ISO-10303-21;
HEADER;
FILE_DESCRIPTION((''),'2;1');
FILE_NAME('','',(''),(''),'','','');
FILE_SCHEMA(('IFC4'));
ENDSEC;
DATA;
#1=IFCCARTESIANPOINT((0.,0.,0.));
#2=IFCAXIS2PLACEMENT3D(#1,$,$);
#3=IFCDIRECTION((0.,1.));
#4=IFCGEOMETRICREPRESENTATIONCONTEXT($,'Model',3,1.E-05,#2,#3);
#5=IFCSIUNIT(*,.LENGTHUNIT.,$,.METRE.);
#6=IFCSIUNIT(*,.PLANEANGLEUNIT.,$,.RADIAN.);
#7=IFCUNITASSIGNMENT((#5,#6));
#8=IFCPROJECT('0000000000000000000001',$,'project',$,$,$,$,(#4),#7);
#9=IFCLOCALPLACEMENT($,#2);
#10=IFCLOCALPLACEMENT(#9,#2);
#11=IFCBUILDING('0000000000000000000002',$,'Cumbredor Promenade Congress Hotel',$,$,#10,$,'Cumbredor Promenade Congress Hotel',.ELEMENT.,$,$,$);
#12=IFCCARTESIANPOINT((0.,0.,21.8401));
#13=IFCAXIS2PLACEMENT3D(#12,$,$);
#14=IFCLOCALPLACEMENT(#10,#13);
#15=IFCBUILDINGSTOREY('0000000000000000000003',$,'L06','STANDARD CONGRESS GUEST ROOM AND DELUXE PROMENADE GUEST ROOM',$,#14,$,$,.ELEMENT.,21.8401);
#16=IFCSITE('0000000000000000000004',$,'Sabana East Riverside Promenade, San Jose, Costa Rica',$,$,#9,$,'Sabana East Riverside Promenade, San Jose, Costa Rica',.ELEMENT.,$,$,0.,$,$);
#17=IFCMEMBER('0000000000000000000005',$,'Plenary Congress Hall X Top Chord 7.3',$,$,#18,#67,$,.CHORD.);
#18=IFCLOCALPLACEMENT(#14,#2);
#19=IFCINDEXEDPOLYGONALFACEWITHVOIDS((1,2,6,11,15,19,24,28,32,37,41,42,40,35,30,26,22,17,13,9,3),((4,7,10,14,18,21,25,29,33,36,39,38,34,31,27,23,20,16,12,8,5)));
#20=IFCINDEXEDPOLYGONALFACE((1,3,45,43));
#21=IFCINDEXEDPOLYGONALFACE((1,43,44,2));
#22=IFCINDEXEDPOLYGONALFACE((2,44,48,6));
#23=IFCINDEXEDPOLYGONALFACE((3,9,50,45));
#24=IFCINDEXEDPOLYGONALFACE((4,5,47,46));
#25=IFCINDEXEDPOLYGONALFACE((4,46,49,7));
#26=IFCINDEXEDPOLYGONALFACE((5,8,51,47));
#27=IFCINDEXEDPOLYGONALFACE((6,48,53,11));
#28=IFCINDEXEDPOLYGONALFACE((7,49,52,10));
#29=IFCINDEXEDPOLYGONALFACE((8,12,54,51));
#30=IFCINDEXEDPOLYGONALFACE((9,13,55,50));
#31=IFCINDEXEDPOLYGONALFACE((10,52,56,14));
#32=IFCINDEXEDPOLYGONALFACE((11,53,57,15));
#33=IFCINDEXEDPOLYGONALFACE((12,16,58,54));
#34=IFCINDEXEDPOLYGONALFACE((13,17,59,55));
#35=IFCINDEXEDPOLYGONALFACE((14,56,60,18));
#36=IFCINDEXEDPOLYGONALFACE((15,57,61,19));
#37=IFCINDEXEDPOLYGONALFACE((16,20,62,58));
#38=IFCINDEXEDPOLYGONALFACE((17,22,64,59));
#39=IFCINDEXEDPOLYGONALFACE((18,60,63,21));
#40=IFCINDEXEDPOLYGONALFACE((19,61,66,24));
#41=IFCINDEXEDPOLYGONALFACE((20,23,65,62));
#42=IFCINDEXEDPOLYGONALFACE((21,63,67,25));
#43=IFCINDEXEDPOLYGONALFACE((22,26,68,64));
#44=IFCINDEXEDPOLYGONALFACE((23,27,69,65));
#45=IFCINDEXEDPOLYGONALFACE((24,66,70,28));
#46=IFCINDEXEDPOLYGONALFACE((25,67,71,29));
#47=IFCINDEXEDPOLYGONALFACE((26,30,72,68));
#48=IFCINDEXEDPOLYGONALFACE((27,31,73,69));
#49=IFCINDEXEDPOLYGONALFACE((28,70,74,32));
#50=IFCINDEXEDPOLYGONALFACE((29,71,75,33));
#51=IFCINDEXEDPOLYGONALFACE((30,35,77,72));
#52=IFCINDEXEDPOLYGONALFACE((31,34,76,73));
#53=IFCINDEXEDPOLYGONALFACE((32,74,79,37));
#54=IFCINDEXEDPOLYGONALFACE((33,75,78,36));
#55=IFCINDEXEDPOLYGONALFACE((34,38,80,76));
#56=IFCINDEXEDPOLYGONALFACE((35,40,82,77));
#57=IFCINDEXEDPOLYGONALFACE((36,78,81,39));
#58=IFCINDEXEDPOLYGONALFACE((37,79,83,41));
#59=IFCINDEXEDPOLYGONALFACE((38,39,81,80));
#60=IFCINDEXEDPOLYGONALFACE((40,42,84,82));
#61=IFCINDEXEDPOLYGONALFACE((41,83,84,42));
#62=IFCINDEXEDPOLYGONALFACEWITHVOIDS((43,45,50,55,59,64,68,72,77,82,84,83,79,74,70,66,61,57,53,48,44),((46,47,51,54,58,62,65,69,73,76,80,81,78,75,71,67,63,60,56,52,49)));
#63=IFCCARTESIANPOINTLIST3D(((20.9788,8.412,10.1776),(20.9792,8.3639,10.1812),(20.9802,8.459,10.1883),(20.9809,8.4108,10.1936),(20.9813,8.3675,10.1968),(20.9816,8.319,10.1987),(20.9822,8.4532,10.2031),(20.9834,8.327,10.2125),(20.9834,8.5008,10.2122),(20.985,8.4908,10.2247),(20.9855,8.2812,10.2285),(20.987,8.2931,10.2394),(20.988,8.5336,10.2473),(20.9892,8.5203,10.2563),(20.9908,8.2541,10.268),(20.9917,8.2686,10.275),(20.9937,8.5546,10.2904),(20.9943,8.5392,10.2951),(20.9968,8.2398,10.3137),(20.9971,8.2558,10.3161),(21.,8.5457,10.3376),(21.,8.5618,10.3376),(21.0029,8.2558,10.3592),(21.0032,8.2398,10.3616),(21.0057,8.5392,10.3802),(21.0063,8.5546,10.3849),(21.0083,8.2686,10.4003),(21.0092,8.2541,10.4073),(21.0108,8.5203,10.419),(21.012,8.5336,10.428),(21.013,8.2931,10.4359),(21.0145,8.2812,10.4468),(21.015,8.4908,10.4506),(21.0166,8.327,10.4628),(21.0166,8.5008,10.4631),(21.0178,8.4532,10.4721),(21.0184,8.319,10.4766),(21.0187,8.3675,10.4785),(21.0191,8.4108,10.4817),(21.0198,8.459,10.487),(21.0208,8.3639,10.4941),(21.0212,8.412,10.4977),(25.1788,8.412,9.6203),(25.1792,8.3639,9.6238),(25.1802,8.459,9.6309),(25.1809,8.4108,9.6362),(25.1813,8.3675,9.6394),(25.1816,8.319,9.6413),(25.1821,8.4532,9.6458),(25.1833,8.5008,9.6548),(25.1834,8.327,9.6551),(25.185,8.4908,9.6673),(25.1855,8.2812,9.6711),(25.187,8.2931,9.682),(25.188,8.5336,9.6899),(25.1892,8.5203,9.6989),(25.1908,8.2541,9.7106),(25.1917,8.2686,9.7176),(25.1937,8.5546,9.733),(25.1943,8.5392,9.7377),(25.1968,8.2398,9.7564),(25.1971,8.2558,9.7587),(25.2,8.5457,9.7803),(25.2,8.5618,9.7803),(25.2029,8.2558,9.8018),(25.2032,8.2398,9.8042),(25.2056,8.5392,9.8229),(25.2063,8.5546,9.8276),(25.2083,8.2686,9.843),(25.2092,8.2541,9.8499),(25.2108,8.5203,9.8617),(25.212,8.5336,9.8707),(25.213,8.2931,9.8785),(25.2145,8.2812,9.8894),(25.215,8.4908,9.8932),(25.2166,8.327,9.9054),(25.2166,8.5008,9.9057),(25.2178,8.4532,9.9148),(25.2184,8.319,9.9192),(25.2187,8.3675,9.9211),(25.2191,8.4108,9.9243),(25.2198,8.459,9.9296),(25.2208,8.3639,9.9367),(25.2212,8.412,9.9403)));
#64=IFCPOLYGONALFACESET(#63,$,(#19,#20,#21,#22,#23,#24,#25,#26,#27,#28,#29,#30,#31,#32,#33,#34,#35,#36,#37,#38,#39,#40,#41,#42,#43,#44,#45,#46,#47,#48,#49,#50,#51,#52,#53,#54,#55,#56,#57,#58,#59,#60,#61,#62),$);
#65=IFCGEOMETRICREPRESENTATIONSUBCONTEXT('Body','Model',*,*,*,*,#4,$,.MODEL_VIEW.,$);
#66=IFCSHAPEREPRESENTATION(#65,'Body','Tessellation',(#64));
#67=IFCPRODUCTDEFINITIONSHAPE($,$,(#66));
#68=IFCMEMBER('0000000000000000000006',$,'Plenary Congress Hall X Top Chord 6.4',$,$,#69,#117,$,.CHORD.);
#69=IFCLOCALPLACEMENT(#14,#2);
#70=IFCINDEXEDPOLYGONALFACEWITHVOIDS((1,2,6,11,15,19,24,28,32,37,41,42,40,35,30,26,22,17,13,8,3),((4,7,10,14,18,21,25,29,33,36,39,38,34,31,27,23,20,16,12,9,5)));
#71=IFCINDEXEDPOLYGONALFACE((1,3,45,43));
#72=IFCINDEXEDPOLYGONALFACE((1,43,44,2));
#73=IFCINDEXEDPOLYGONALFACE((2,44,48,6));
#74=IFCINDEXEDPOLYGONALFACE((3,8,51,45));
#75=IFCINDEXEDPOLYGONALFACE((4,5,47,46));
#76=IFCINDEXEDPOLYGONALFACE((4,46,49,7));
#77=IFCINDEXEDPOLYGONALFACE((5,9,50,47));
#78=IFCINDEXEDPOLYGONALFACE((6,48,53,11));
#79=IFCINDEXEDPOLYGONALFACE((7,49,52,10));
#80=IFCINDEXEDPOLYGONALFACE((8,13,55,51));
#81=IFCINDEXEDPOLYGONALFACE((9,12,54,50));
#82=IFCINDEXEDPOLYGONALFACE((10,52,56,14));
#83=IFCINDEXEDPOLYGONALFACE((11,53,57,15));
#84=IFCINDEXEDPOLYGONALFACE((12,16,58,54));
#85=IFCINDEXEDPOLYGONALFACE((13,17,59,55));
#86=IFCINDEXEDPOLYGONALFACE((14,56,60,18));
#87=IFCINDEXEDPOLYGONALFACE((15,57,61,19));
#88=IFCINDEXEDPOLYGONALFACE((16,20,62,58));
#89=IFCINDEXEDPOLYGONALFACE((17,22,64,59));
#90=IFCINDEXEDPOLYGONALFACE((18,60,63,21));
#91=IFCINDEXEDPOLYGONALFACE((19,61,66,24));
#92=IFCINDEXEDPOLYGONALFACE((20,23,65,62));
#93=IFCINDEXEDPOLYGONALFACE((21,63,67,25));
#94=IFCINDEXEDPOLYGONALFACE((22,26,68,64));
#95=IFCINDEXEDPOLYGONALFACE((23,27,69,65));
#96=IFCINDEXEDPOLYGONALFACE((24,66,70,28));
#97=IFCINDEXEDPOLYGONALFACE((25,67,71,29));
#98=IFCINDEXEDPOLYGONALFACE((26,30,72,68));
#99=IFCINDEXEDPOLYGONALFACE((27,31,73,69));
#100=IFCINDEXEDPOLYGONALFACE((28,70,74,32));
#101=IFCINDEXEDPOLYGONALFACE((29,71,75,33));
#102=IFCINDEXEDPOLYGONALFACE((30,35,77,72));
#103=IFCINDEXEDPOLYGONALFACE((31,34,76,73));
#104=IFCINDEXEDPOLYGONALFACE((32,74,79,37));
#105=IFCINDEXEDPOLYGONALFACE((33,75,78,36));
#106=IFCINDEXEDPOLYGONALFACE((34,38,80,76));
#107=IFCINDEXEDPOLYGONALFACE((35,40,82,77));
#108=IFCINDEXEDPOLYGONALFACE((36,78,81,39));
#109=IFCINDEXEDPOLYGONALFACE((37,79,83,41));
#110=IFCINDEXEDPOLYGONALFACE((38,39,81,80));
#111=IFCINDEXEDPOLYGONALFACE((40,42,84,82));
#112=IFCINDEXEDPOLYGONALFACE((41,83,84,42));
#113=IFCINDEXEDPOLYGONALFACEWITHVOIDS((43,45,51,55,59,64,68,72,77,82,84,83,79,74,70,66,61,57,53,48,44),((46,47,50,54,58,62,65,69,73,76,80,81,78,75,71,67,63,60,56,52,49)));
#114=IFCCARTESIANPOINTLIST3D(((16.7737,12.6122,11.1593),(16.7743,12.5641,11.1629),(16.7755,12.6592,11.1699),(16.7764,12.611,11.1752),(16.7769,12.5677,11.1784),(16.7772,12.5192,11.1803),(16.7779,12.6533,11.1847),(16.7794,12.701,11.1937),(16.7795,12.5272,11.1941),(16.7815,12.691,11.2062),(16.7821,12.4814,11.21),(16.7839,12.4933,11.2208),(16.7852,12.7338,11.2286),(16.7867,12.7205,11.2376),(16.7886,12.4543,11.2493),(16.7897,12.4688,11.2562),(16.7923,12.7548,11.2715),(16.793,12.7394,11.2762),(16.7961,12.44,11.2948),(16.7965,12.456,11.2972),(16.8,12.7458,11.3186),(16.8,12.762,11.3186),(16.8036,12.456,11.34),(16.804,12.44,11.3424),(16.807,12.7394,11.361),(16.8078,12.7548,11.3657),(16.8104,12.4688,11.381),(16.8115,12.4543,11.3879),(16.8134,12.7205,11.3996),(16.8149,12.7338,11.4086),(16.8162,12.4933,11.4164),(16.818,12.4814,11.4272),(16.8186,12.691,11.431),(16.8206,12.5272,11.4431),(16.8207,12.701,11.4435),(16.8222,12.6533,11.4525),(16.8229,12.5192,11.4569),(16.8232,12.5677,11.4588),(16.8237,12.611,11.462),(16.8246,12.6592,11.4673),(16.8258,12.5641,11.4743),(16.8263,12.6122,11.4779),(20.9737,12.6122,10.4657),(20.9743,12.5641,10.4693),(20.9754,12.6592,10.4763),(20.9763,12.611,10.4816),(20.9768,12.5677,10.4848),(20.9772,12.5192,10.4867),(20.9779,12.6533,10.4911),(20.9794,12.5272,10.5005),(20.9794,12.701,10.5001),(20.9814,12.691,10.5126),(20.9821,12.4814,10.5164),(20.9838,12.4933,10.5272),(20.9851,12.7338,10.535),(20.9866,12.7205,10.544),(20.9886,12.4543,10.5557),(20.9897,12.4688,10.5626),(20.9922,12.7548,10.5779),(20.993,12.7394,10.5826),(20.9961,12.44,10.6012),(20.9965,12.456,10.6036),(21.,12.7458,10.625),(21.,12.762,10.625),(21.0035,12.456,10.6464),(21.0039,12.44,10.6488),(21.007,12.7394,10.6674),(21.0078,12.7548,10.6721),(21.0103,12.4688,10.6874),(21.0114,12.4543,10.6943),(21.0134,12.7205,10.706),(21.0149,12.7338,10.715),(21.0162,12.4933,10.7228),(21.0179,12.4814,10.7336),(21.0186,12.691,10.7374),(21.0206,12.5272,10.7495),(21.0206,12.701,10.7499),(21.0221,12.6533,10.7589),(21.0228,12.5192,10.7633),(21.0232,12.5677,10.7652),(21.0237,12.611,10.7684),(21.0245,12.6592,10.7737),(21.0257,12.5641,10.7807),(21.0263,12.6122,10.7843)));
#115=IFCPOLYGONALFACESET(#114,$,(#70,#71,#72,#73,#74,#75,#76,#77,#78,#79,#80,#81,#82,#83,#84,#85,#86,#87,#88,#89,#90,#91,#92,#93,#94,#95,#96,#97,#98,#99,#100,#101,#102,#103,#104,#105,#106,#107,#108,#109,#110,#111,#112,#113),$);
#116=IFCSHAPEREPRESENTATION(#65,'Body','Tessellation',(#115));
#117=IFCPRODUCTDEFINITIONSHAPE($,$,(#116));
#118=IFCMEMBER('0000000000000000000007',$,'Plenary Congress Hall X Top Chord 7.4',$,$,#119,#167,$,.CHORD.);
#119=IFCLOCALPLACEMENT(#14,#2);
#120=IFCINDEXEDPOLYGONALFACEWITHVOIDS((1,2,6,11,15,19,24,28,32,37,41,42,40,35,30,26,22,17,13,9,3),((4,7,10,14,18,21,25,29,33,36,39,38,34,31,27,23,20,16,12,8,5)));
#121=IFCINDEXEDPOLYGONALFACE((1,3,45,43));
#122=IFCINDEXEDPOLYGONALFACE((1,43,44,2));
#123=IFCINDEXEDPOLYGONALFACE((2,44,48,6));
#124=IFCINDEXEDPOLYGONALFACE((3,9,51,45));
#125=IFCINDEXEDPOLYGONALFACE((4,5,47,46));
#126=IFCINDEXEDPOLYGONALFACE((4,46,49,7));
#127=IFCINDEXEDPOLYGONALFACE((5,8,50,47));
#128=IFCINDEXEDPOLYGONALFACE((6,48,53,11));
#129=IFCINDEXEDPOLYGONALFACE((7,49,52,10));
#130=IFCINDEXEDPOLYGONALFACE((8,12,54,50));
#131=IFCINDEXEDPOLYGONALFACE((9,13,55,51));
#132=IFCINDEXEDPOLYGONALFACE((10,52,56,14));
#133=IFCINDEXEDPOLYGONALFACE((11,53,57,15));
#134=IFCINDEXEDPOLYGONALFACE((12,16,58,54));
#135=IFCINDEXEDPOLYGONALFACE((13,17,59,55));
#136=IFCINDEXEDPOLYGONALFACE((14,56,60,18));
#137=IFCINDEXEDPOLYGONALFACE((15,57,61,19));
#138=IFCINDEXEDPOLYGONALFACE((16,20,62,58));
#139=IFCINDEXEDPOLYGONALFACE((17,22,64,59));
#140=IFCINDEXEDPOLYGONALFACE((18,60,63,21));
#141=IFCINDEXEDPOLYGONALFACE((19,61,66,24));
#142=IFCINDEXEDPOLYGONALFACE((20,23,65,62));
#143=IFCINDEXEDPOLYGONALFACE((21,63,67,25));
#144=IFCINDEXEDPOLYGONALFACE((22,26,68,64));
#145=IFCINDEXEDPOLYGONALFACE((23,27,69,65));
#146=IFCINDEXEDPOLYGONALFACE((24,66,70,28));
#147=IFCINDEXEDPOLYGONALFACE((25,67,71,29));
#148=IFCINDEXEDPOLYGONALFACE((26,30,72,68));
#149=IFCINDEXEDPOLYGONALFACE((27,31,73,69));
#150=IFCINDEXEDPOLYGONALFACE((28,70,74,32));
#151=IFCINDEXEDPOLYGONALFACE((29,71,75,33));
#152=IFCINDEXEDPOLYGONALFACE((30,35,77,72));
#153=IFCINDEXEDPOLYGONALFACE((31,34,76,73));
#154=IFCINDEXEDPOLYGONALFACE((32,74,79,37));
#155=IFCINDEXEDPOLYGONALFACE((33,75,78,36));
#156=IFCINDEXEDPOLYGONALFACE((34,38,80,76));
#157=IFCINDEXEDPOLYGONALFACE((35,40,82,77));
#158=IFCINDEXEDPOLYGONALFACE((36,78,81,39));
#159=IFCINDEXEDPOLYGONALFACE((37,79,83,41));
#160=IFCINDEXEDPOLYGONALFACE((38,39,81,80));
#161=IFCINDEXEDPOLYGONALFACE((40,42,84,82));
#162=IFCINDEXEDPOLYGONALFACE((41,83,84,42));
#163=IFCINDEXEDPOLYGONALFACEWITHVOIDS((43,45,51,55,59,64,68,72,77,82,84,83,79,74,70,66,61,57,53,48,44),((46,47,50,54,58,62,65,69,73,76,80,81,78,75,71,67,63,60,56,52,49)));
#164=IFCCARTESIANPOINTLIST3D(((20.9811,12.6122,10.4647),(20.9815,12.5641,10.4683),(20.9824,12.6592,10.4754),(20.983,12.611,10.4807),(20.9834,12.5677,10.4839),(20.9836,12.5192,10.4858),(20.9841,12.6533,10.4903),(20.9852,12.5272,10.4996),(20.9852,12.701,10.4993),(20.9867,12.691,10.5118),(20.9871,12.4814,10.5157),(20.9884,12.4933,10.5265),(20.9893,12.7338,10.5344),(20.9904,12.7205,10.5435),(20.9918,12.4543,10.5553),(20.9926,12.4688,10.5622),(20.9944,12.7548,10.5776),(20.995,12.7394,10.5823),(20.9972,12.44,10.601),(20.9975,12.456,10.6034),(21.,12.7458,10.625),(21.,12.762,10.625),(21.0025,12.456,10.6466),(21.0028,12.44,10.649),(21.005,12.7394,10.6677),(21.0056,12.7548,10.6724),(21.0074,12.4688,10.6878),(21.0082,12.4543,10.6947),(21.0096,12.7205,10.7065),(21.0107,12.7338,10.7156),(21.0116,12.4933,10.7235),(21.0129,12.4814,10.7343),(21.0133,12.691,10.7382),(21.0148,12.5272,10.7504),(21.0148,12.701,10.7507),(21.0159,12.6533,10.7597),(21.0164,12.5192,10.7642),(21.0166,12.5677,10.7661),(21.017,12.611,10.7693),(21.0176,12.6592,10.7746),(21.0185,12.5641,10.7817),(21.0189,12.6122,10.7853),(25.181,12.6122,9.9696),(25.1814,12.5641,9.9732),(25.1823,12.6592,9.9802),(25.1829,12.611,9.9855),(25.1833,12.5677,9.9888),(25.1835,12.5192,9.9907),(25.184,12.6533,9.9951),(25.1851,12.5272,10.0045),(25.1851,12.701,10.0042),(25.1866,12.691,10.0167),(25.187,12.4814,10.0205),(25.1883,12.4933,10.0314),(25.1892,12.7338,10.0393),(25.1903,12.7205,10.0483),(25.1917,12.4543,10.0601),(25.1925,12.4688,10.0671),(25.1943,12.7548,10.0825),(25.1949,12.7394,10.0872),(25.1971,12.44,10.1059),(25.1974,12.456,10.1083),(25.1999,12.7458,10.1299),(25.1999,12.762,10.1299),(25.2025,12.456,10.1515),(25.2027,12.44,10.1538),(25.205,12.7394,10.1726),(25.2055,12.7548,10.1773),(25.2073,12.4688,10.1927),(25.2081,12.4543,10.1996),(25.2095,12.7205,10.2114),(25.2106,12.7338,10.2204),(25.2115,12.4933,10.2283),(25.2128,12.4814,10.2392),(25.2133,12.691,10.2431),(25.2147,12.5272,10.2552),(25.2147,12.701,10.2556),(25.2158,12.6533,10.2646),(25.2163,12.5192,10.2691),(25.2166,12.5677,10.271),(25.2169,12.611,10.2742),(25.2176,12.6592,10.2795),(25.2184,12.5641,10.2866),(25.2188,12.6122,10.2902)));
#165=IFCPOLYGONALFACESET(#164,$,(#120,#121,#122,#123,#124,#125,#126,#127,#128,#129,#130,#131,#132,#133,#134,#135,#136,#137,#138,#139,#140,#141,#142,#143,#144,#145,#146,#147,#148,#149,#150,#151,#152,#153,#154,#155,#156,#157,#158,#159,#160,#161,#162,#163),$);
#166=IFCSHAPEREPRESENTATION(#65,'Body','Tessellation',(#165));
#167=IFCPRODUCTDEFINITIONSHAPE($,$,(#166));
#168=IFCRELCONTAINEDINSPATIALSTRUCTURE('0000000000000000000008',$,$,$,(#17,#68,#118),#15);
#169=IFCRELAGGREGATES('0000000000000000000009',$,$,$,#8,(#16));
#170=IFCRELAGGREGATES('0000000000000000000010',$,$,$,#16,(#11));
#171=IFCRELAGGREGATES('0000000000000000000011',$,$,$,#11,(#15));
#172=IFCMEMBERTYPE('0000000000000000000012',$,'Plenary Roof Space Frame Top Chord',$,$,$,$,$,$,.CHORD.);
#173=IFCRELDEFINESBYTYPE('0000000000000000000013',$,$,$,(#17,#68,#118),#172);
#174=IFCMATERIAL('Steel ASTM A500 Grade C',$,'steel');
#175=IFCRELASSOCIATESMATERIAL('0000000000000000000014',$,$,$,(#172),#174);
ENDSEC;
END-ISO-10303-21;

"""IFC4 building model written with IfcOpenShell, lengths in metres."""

from ifc_helpers import new_model, si_unit, direction, frame, origin, origin_2d, place, context, subcontext, project, spatial, hollow_circle, extrude, material, material_profile, profile_set, type_object, element, save


model = new_model("IFC4")

# Units and contexts
model_context = context("Model", 3, precision=1e-05, world=origin(), true_north=direction((0.0, 1.0)))
body_context = subcontext(model_context, "Body", "Model", "MODEL_VIEW")
ifc_project = project(units=[si_unit("LENGTHUNIT", "METRE"), si_unit("PLANEANGLEUNIT", "RADIAN")], contexts=[model_context])

# Site, building, storey
site_placement = place(None, origin())
site = spatial("IfcSite", under=ifc_project, at=site_placement, Name="Sabana East Riverside Promenade, San Jose, Costa Rica", LongName="Sabana East Riverside Promenade, San Jose, Costa Rica", CompositionType="ELEMENT", RefElevation=0.0)
building_placement = place(site_placement, origin())
building = spatial("IfcBuilding", under=site, at=building_placement, Name="Cumbredor Promenade Congress Hotel", LongName="Cumbredor Promenade Congress Hotel", CompositionType="ELEMENT")
storey_placement = place(building_placement, frame((0.0, 0.0, 21.8401)))
storey = spatial("IfcBuildingStorey", under=building, at=storey_placement, Name="L06", Description="STANDARD CONGRESS GUEST ROOM AND DELUXE PROMENADE GUEST ROOM", CompositionType="ELEMENT", Elevation=21.8401)

# Members
ifc_material_1 = material(Name="Steel ASTM A500 Grade C", Category="steel")
ifc_material_profile_1 = material_profile(ifc_material_1, hollow_circle(Radius=0.1619, WallThickness=0.0161, at=origin_2d()), Name="CHS 323.9x16")
ifc_profile_set_1 = profile_set([ifc_material_profile_1], Name="Steel ASTM A500 Grade C")
member_type_1 = type_object("IfcMemberType", Name="Plenary Roof Space Frame Top Chord", PredefinedType="CHORD", material=ifc_profile_set_1)
member_1_placement = place(storey_placement, frame((21.0, 8.3999, 10.3376), z_axis=(0.991309, 0.0, -0.131556), x_axis=(0.0, 1.0, 0.0)))
element("IfcMember", 1, at=member_1_placement, inside=storey, type_object=member_type_1, Name="Plenary Congress Hall X Top Chord 7.3", PredefinedType="CHORD", context=body_context, shape_type="SweptSolid", body=[
    extrude(hollow_circle(Radius=0.1619, WallThickness=0.0161, at=origin_2d()), origin(), (0.0, 0.0, 1.0), 4.2368),
])
member_2_placement = place(storey_placement, frame((16.8, 12.6001, 11.3186), z_axis=(0.986636, 0.0, -0.162939), x_axis=(0.0, 1.0, 0.0)))
element("IfcMember", 2, at=member_2_placement, inside=storey, type_object=member_type_1, Name="Plenary Congress Hall X Top Chord 6.4", PredefinedType="CHORD", context=body_context, shape_type="SweptSolid", body=[
    extrude(hollow_circle(Radius=0.1619, WallThickness=0.0161, at=origin_2d()), origin(), (0.0, 0.0, 1.0), 4.2568),
])
member_3_placement = place(storey_placement, frame((21.0, 12.6001, 10.625), z_axis=(0.993123, 0.0, -0.117076), x_axis=(0.0, 1.0, 0.0)))
element("IfcMember", 3, at=member_3_placement, inside=storey, type_object=member_type_1, Name="Plenary Congress Hall X Top Chord 7.4", PredefinedType="CHORD", context=body_context, shape_type="SweptSolid", body=[
    extrude(hollow_circle(Radius=0.1619, WallThickness=0.0161, at=origin_2d()), origin(), (0.0, 0.0, 1.0), 4.229),
])

save(model, "model.ifc")
